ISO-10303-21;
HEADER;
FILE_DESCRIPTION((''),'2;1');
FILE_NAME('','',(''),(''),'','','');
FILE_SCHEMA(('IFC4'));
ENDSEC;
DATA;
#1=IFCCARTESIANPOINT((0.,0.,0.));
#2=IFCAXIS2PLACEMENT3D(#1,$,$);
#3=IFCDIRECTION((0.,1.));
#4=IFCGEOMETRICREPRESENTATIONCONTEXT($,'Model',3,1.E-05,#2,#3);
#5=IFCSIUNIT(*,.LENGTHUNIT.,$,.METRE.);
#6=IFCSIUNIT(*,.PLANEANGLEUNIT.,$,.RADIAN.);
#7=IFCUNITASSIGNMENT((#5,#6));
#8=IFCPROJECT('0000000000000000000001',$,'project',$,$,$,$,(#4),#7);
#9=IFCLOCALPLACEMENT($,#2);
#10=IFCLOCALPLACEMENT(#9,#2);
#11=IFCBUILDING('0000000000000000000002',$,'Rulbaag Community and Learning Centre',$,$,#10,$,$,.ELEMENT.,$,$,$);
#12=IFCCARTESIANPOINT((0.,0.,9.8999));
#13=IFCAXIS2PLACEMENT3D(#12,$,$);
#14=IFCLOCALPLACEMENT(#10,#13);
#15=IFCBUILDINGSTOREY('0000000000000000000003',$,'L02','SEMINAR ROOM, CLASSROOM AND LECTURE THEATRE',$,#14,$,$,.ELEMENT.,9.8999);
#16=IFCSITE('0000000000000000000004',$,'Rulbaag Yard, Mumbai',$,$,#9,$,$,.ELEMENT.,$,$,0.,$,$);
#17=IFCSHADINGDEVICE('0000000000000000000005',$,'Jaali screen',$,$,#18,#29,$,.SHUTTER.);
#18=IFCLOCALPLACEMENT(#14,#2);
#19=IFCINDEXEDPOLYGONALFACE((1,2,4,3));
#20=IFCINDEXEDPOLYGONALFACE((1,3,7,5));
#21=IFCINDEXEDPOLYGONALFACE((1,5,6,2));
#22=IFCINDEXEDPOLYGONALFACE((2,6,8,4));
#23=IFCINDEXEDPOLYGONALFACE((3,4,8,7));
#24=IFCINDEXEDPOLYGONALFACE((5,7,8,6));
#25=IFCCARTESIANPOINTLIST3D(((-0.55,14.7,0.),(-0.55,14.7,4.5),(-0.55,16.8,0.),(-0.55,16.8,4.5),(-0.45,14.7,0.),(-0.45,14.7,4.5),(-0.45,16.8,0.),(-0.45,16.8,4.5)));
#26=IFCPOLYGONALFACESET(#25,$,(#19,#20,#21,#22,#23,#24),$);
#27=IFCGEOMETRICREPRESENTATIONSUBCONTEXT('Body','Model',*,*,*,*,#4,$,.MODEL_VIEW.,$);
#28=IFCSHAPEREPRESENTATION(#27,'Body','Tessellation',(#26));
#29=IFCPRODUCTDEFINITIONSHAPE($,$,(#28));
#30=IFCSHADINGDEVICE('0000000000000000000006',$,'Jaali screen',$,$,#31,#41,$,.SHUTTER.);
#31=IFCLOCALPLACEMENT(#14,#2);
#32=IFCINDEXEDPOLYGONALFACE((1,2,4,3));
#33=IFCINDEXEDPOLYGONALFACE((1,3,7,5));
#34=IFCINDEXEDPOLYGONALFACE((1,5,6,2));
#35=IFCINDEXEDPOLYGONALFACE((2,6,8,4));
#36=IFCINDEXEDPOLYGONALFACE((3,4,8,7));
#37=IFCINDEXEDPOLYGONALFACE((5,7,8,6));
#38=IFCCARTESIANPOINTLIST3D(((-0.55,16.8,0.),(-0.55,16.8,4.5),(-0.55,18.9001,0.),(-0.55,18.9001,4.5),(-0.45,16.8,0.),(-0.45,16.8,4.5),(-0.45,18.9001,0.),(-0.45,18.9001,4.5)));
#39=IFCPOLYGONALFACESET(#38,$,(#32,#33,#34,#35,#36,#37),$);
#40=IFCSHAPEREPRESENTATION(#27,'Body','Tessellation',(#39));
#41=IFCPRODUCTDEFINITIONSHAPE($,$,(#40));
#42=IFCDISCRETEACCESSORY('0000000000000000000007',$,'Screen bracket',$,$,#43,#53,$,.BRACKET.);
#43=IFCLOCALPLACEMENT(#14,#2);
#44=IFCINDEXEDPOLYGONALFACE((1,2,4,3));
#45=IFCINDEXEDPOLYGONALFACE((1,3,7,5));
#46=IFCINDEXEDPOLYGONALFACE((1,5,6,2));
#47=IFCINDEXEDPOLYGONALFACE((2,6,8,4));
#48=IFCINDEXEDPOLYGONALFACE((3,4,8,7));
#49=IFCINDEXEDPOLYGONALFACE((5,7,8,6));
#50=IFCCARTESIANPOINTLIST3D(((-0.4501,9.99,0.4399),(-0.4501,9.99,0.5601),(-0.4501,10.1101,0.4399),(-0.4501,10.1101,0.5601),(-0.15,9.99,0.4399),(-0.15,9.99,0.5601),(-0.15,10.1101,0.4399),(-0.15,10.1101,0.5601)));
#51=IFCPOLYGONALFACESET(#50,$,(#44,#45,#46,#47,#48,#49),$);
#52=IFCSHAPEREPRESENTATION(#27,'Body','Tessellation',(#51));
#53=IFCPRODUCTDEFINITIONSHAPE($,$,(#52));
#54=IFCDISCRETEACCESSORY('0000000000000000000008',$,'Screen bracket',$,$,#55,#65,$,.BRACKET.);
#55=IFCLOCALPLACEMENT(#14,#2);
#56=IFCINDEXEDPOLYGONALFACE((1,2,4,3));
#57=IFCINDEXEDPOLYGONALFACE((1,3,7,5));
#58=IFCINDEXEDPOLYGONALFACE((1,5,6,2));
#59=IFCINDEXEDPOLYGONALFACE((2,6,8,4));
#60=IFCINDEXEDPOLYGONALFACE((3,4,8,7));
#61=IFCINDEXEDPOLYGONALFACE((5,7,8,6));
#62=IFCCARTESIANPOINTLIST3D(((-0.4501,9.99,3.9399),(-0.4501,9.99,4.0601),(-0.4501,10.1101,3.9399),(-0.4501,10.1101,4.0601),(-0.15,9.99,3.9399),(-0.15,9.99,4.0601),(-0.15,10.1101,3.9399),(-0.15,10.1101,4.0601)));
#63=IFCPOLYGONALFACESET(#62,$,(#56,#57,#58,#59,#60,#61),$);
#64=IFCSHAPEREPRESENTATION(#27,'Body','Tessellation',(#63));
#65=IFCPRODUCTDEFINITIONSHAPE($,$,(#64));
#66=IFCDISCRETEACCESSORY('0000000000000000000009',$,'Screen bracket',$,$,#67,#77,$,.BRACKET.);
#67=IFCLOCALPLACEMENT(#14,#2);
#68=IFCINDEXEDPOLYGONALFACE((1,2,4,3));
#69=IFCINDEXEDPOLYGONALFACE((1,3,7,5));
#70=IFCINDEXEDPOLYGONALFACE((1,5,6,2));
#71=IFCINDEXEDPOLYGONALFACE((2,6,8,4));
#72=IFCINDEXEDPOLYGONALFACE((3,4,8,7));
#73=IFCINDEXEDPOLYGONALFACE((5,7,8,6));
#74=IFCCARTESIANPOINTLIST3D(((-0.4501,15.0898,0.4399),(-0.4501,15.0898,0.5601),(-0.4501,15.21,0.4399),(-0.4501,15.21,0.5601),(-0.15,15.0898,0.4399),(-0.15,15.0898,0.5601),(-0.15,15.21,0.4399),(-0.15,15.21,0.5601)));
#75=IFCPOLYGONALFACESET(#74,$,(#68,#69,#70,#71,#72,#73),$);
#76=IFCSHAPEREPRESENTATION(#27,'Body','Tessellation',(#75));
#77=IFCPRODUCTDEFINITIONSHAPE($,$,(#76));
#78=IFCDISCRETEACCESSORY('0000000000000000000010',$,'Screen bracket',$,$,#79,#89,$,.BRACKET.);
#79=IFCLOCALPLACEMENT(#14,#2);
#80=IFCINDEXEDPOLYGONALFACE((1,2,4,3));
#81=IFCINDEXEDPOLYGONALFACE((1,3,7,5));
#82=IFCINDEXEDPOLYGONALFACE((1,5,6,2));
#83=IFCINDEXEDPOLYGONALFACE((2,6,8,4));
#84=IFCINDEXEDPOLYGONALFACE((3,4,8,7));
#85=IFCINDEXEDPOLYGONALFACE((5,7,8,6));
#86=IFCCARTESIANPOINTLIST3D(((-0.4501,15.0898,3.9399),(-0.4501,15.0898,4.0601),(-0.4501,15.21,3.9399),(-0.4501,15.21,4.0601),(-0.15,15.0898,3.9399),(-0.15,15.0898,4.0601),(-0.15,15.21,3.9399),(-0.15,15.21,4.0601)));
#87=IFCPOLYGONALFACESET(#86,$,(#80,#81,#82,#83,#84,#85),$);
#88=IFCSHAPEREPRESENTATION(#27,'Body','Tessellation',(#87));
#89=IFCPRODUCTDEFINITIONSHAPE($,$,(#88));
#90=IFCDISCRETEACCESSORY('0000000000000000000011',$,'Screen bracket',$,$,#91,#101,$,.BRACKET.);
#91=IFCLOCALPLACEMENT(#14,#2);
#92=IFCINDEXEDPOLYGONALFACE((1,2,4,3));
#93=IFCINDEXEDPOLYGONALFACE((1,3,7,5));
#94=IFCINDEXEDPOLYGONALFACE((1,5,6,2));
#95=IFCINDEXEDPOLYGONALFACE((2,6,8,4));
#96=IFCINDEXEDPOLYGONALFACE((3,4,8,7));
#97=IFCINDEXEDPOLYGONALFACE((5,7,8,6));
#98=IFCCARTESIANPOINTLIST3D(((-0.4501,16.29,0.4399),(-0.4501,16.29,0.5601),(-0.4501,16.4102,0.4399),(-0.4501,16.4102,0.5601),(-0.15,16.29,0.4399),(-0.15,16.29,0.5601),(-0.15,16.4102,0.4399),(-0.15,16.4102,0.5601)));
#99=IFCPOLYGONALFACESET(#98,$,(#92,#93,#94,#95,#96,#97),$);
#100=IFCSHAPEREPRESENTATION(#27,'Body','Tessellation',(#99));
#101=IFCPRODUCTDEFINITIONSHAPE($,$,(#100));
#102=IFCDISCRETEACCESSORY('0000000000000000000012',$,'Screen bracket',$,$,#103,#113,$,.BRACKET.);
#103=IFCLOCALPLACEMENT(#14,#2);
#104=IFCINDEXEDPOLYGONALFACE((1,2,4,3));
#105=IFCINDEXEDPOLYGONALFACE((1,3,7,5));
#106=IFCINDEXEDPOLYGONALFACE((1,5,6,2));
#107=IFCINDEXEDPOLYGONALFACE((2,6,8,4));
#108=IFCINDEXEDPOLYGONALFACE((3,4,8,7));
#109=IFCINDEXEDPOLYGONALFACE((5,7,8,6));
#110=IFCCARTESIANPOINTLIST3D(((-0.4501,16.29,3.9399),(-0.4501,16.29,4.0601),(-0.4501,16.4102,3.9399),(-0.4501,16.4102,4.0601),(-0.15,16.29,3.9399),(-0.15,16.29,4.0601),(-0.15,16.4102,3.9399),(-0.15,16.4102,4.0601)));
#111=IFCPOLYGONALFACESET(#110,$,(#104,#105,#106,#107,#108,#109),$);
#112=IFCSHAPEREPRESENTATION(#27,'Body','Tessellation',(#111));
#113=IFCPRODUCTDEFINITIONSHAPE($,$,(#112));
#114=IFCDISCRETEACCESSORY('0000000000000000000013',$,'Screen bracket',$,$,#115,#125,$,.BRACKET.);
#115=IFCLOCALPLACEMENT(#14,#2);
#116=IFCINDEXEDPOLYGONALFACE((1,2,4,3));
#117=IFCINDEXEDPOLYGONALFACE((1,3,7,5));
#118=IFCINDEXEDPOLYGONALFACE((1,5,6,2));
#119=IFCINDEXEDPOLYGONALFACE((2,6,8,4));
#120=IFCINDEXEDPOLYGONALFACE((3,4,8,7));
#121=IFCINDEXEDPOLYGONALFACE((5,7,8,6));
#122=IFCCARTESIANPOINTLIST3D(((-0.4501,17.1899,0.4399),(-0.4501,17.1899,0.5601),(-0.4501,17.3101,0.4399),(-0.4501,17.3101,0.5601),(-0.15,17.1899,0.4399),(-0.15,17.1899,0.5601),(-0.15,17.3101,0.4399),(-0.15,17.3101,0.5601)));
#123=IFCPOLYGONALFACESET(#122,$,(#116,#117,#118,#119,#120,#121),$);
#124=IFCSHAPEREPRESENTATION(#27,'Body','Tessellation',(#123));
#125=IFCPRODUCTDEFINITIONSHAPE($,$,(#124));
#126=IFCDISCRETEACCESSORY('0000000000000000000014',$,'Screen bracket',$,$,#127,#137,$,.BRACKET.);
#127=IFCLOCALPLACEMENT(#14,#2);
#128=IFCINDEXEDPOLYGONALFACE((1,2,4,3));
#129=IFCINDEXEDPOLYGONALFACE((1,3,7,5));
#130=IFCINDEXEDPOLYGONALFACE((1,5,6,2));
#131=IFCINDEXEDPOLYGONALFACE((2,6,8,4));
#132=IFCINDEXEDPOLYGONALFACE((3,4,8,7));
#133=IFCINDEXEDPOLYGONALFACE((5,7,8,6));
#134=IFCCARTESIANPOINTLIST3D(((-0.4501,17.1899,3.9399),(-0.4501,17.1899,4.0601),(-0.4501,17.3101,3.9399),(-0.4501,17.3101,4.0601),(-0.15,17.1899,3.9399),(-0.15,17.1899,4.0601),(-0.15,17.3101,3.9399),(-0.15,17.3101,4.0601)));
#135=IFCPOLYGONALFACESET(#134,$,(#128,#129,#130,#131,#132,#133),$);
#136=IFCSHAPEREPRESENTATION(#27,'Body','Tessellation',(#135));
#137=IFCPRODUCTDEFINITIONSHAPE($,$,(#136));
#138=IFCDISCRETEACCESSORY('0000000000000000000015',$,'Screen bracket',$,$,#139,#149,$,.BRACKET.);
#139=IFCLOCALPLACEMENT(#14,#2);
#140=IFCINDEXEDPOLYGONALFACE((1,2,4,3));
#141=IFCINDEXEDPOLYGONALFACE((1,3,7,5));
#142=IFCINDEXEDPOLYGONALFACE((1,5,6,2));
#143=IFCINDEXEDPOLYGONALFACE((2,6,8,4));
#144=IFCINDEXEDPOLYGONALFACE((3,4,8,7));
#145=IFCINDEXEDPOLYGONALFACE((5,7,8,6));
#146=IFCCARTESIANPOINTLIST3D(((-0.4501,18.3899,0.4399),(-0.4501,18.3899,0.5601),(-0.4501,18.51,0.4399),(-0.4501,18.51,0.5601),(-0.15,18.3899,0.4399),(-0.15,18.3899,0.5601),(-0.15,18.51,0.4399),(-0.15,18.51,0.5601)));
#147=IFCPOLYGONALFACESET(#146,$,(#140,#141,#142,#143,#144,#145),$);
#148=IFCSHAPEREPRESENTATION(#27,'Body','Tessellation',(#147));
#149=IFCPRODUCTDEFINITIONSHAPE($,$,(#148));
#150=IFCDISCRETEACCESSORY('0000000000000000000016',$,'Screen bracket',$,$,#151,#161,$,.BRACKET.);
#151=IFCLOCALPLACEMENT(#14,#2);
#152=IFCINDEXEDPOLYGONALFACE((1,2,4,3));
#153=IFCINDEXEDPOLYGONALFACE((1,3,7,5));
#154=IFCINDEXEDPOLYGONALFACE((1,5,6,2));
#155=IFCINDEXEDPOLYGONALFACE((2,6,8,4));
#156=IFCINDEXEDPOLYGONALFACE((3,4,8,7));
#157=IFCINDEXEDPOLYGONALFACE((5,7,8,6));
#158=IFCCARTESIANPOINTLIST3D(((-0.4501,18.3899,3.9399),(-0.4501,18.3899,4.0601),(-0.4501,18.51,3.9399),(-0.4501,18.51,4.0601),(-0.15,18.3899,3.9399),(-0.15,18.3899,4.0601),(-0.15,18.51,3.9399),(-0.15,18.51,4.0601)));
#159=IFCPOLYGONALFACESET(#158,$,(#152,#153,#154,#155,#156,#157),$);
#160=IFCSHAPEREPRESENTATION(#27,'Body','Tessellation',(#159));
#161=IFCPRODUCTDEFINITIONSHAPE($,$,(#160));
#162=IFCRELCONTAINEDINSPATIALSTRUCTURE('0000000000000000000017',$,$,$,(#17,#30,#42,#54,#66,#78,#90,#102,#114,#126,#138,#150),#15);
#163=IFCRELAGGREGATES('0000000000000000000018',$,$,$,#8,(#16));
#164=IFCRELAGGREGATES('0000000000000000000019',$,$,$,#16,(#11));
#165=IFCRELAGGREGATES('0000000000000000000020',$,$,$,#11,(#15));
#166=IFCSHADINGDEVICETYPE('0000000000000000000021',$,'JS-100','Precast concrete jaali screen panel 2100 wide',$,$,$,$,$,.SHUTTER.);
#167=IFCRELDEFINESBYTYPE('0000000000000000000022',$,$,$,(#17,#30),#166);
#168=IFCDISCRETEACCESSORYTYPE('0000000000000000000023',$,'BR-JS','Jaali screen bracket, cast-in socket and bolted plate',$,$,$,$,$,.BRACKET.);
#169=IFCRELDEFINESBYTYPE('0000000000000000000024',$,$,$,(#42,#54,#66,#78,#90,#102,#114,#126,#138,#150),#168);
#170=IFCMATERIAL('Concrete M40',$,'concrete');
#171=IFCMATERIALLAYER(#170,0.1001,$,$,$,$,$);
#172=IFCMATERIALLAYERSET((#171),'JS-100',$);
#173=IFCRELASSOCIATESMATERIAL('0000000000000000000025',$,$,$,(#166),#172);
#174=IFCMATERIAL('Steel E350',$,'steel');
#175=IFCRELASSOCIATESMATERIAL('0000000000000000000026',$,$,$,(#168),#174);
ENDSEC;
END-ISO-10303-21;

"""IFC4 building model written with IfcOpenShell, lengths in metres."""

from ifc_helpers import new_model, si_unit, direction, frame, origin, origin_2d, place, context, subcontext, project, spatial, rectangle, extrude, material, layer, layer_set, type_object, element, save


model = new_model("IFC4")

# Units and contexts
model_context = context("Model", 3, precision=1e-05, world=origin(), true_north=direction((0.0, 1.0)))
body_context = subcontext(model_context, "Body", "Model", "MODEL_VIEW")
ifc_project = project(units=[si_unit("LENGTHUNIT", "METRE"), si_unit("PLANEANGLEUNIT", "RADIAN")], contexts=[model_context])

# Site, building, storey
site_placement = place(None, origin())
site = spatial("IfcSite", under=ifc_project, at=site_placement, Name="Rulbaag Yard, Mumbai", CompositionType="ELEMENT", RefElevation=0.0)
building_placement = place(site_placement, origin())
building = spatial("IfcBuilding", under=site, at=building_placement, Name="Rulbaag Community and Learning Centre", CompositionType="ELEMENT")
storey_placement = place(building_placement, frame((0.0, 0.0, 9.8999)))
storey = spatial("IfcBuildingStorey", under=building, at=storey_placement, Name="L02", Description="SEMINAR ROOM, CLASSROOM AND LECTURE THEATRE", CompositionType="ELEMENT", Elevation=9.8999)

# Shared definitions
ifc_material_1 = material(Name="Concrete M40", Category="concrete")

# Shading devices
ifc_layer_1 = layer(ifc_material_1, 0.1001)
ifc_layer_set_1 = layer_set([ifc_layer_1], Name="JS-100")
shading_device_type = type_object("IfcShadingDeviceType", Name="JS-100", Description="Precast concrete jaali screen panel 2100 wide", PredefinedType="SHUTTER", material=ifc_layer_set_1)
for number, where, z_axis, x_axis, name in (
    (1, (-0.5, 15.75, 0.0), (0.0, 0.0, 1.0), (1.0, 0.0, 0.0), "Jaali screen"),
    (2, (-0.5, 17.8501, 0.0), (0.0, 0.0, 1.0), (1.0, 0.0, 0.0), "Jaali screen"),
):
    element("IfcShadingDevice", number, at=place(storey_placement, frame(where, z_axis=z_axis, x_axis=x_axis)), inside=storey, type_object=shading_device_type, Name=name, PredefinedType="SHUTTER", context=body_context, shape_type="SweptSolid", body=[
        extrude(rectangle(XDim=0.1001, YDim=2.1001, at=origin_2d()), origin(), (0.0, 0.0, 1.0), 4.5),
    ])

# Discrete accessories
ifc_material_2 = material(Name="Steel E350", Category="steel")
discrete_accessory_type = type_object("IfcDiscreteAccessoryType", Name="BR-JS", Description="Jaali screen bracket, cast-in socket and bolted plate", PredefinedType="BRACKET", material=ifc_material_2)
for number, where, z_axis, x_axis, name in (
    (3, (-0.3, 10.05, 0.4399), (0.0, 0.0, 1.0), (1.0, 0.0, 0.0), "Screen bracket"),
    (4, (-0.3, 10.05, 3.9399), (0.0, 0.0, 1.0), (1.0, 0.0, 0.0), "Screen bracket"),
    (5, (-0.3, 15.1499, 0.4399), (0.0, 0.0, 1.0), (1.0, 0.0, 0.0), "Screen bracket"),
    (6, (-0.3, 15.1499, 3.9399), (0.0, 0.0, 1.0), (1.0, 0.0, 0.0), "Screen bracket"),
    (7, (-0.3, 16.3501, 0.4399), (0.0, 0.0, 1.0), (1.0, 0.0, 0.0), "Screen bracket"),
    (8, (-0.3, 16.3501, 3.9399), (0.0, 0.0, 1.0), (1.0, 0.0, 0.0), "Screen bracket"),
    (9, (-0.3, 17.25, 0.4399), (0.0, 0.0, 1.0), (1.0, 0.0, 0.0), "Screen bracket"),
    (10, (-0.3, 17.25, 3.9399), (0.0, 0.0, 1.0), (1.0, 0.0, 0.0), "Screen bracket"),
    (11, (-0.3, 18.45, 0.4399), (0.0, 0.0, 1.0), (1.0, 0.0, 0.0), "Screen bracket"),
    (12, (-0.3, 18.45, 3.9399), (0.0, 0.0, 1.0), (1.0, 0.0, 0.0), "Screen bracket"),
):
    element("IfcDiscreteAccessory", number, at=place(storey_placement, frame(where, z_axis=z_axis, x_axis=x_axis)), inside=storey, type_object=discrete_accessory_type, Name=name, PredefinedType="BRACKET", context=body_context, shape_type="SweptSolid", body=[
        extrude(rectangle(XDim=0.3, YDim=0.1201, at=origin_2d()), origin(), (0.0, 0.0, 1.0), 0.1201),
    ])

save(model, "model.ifc")
